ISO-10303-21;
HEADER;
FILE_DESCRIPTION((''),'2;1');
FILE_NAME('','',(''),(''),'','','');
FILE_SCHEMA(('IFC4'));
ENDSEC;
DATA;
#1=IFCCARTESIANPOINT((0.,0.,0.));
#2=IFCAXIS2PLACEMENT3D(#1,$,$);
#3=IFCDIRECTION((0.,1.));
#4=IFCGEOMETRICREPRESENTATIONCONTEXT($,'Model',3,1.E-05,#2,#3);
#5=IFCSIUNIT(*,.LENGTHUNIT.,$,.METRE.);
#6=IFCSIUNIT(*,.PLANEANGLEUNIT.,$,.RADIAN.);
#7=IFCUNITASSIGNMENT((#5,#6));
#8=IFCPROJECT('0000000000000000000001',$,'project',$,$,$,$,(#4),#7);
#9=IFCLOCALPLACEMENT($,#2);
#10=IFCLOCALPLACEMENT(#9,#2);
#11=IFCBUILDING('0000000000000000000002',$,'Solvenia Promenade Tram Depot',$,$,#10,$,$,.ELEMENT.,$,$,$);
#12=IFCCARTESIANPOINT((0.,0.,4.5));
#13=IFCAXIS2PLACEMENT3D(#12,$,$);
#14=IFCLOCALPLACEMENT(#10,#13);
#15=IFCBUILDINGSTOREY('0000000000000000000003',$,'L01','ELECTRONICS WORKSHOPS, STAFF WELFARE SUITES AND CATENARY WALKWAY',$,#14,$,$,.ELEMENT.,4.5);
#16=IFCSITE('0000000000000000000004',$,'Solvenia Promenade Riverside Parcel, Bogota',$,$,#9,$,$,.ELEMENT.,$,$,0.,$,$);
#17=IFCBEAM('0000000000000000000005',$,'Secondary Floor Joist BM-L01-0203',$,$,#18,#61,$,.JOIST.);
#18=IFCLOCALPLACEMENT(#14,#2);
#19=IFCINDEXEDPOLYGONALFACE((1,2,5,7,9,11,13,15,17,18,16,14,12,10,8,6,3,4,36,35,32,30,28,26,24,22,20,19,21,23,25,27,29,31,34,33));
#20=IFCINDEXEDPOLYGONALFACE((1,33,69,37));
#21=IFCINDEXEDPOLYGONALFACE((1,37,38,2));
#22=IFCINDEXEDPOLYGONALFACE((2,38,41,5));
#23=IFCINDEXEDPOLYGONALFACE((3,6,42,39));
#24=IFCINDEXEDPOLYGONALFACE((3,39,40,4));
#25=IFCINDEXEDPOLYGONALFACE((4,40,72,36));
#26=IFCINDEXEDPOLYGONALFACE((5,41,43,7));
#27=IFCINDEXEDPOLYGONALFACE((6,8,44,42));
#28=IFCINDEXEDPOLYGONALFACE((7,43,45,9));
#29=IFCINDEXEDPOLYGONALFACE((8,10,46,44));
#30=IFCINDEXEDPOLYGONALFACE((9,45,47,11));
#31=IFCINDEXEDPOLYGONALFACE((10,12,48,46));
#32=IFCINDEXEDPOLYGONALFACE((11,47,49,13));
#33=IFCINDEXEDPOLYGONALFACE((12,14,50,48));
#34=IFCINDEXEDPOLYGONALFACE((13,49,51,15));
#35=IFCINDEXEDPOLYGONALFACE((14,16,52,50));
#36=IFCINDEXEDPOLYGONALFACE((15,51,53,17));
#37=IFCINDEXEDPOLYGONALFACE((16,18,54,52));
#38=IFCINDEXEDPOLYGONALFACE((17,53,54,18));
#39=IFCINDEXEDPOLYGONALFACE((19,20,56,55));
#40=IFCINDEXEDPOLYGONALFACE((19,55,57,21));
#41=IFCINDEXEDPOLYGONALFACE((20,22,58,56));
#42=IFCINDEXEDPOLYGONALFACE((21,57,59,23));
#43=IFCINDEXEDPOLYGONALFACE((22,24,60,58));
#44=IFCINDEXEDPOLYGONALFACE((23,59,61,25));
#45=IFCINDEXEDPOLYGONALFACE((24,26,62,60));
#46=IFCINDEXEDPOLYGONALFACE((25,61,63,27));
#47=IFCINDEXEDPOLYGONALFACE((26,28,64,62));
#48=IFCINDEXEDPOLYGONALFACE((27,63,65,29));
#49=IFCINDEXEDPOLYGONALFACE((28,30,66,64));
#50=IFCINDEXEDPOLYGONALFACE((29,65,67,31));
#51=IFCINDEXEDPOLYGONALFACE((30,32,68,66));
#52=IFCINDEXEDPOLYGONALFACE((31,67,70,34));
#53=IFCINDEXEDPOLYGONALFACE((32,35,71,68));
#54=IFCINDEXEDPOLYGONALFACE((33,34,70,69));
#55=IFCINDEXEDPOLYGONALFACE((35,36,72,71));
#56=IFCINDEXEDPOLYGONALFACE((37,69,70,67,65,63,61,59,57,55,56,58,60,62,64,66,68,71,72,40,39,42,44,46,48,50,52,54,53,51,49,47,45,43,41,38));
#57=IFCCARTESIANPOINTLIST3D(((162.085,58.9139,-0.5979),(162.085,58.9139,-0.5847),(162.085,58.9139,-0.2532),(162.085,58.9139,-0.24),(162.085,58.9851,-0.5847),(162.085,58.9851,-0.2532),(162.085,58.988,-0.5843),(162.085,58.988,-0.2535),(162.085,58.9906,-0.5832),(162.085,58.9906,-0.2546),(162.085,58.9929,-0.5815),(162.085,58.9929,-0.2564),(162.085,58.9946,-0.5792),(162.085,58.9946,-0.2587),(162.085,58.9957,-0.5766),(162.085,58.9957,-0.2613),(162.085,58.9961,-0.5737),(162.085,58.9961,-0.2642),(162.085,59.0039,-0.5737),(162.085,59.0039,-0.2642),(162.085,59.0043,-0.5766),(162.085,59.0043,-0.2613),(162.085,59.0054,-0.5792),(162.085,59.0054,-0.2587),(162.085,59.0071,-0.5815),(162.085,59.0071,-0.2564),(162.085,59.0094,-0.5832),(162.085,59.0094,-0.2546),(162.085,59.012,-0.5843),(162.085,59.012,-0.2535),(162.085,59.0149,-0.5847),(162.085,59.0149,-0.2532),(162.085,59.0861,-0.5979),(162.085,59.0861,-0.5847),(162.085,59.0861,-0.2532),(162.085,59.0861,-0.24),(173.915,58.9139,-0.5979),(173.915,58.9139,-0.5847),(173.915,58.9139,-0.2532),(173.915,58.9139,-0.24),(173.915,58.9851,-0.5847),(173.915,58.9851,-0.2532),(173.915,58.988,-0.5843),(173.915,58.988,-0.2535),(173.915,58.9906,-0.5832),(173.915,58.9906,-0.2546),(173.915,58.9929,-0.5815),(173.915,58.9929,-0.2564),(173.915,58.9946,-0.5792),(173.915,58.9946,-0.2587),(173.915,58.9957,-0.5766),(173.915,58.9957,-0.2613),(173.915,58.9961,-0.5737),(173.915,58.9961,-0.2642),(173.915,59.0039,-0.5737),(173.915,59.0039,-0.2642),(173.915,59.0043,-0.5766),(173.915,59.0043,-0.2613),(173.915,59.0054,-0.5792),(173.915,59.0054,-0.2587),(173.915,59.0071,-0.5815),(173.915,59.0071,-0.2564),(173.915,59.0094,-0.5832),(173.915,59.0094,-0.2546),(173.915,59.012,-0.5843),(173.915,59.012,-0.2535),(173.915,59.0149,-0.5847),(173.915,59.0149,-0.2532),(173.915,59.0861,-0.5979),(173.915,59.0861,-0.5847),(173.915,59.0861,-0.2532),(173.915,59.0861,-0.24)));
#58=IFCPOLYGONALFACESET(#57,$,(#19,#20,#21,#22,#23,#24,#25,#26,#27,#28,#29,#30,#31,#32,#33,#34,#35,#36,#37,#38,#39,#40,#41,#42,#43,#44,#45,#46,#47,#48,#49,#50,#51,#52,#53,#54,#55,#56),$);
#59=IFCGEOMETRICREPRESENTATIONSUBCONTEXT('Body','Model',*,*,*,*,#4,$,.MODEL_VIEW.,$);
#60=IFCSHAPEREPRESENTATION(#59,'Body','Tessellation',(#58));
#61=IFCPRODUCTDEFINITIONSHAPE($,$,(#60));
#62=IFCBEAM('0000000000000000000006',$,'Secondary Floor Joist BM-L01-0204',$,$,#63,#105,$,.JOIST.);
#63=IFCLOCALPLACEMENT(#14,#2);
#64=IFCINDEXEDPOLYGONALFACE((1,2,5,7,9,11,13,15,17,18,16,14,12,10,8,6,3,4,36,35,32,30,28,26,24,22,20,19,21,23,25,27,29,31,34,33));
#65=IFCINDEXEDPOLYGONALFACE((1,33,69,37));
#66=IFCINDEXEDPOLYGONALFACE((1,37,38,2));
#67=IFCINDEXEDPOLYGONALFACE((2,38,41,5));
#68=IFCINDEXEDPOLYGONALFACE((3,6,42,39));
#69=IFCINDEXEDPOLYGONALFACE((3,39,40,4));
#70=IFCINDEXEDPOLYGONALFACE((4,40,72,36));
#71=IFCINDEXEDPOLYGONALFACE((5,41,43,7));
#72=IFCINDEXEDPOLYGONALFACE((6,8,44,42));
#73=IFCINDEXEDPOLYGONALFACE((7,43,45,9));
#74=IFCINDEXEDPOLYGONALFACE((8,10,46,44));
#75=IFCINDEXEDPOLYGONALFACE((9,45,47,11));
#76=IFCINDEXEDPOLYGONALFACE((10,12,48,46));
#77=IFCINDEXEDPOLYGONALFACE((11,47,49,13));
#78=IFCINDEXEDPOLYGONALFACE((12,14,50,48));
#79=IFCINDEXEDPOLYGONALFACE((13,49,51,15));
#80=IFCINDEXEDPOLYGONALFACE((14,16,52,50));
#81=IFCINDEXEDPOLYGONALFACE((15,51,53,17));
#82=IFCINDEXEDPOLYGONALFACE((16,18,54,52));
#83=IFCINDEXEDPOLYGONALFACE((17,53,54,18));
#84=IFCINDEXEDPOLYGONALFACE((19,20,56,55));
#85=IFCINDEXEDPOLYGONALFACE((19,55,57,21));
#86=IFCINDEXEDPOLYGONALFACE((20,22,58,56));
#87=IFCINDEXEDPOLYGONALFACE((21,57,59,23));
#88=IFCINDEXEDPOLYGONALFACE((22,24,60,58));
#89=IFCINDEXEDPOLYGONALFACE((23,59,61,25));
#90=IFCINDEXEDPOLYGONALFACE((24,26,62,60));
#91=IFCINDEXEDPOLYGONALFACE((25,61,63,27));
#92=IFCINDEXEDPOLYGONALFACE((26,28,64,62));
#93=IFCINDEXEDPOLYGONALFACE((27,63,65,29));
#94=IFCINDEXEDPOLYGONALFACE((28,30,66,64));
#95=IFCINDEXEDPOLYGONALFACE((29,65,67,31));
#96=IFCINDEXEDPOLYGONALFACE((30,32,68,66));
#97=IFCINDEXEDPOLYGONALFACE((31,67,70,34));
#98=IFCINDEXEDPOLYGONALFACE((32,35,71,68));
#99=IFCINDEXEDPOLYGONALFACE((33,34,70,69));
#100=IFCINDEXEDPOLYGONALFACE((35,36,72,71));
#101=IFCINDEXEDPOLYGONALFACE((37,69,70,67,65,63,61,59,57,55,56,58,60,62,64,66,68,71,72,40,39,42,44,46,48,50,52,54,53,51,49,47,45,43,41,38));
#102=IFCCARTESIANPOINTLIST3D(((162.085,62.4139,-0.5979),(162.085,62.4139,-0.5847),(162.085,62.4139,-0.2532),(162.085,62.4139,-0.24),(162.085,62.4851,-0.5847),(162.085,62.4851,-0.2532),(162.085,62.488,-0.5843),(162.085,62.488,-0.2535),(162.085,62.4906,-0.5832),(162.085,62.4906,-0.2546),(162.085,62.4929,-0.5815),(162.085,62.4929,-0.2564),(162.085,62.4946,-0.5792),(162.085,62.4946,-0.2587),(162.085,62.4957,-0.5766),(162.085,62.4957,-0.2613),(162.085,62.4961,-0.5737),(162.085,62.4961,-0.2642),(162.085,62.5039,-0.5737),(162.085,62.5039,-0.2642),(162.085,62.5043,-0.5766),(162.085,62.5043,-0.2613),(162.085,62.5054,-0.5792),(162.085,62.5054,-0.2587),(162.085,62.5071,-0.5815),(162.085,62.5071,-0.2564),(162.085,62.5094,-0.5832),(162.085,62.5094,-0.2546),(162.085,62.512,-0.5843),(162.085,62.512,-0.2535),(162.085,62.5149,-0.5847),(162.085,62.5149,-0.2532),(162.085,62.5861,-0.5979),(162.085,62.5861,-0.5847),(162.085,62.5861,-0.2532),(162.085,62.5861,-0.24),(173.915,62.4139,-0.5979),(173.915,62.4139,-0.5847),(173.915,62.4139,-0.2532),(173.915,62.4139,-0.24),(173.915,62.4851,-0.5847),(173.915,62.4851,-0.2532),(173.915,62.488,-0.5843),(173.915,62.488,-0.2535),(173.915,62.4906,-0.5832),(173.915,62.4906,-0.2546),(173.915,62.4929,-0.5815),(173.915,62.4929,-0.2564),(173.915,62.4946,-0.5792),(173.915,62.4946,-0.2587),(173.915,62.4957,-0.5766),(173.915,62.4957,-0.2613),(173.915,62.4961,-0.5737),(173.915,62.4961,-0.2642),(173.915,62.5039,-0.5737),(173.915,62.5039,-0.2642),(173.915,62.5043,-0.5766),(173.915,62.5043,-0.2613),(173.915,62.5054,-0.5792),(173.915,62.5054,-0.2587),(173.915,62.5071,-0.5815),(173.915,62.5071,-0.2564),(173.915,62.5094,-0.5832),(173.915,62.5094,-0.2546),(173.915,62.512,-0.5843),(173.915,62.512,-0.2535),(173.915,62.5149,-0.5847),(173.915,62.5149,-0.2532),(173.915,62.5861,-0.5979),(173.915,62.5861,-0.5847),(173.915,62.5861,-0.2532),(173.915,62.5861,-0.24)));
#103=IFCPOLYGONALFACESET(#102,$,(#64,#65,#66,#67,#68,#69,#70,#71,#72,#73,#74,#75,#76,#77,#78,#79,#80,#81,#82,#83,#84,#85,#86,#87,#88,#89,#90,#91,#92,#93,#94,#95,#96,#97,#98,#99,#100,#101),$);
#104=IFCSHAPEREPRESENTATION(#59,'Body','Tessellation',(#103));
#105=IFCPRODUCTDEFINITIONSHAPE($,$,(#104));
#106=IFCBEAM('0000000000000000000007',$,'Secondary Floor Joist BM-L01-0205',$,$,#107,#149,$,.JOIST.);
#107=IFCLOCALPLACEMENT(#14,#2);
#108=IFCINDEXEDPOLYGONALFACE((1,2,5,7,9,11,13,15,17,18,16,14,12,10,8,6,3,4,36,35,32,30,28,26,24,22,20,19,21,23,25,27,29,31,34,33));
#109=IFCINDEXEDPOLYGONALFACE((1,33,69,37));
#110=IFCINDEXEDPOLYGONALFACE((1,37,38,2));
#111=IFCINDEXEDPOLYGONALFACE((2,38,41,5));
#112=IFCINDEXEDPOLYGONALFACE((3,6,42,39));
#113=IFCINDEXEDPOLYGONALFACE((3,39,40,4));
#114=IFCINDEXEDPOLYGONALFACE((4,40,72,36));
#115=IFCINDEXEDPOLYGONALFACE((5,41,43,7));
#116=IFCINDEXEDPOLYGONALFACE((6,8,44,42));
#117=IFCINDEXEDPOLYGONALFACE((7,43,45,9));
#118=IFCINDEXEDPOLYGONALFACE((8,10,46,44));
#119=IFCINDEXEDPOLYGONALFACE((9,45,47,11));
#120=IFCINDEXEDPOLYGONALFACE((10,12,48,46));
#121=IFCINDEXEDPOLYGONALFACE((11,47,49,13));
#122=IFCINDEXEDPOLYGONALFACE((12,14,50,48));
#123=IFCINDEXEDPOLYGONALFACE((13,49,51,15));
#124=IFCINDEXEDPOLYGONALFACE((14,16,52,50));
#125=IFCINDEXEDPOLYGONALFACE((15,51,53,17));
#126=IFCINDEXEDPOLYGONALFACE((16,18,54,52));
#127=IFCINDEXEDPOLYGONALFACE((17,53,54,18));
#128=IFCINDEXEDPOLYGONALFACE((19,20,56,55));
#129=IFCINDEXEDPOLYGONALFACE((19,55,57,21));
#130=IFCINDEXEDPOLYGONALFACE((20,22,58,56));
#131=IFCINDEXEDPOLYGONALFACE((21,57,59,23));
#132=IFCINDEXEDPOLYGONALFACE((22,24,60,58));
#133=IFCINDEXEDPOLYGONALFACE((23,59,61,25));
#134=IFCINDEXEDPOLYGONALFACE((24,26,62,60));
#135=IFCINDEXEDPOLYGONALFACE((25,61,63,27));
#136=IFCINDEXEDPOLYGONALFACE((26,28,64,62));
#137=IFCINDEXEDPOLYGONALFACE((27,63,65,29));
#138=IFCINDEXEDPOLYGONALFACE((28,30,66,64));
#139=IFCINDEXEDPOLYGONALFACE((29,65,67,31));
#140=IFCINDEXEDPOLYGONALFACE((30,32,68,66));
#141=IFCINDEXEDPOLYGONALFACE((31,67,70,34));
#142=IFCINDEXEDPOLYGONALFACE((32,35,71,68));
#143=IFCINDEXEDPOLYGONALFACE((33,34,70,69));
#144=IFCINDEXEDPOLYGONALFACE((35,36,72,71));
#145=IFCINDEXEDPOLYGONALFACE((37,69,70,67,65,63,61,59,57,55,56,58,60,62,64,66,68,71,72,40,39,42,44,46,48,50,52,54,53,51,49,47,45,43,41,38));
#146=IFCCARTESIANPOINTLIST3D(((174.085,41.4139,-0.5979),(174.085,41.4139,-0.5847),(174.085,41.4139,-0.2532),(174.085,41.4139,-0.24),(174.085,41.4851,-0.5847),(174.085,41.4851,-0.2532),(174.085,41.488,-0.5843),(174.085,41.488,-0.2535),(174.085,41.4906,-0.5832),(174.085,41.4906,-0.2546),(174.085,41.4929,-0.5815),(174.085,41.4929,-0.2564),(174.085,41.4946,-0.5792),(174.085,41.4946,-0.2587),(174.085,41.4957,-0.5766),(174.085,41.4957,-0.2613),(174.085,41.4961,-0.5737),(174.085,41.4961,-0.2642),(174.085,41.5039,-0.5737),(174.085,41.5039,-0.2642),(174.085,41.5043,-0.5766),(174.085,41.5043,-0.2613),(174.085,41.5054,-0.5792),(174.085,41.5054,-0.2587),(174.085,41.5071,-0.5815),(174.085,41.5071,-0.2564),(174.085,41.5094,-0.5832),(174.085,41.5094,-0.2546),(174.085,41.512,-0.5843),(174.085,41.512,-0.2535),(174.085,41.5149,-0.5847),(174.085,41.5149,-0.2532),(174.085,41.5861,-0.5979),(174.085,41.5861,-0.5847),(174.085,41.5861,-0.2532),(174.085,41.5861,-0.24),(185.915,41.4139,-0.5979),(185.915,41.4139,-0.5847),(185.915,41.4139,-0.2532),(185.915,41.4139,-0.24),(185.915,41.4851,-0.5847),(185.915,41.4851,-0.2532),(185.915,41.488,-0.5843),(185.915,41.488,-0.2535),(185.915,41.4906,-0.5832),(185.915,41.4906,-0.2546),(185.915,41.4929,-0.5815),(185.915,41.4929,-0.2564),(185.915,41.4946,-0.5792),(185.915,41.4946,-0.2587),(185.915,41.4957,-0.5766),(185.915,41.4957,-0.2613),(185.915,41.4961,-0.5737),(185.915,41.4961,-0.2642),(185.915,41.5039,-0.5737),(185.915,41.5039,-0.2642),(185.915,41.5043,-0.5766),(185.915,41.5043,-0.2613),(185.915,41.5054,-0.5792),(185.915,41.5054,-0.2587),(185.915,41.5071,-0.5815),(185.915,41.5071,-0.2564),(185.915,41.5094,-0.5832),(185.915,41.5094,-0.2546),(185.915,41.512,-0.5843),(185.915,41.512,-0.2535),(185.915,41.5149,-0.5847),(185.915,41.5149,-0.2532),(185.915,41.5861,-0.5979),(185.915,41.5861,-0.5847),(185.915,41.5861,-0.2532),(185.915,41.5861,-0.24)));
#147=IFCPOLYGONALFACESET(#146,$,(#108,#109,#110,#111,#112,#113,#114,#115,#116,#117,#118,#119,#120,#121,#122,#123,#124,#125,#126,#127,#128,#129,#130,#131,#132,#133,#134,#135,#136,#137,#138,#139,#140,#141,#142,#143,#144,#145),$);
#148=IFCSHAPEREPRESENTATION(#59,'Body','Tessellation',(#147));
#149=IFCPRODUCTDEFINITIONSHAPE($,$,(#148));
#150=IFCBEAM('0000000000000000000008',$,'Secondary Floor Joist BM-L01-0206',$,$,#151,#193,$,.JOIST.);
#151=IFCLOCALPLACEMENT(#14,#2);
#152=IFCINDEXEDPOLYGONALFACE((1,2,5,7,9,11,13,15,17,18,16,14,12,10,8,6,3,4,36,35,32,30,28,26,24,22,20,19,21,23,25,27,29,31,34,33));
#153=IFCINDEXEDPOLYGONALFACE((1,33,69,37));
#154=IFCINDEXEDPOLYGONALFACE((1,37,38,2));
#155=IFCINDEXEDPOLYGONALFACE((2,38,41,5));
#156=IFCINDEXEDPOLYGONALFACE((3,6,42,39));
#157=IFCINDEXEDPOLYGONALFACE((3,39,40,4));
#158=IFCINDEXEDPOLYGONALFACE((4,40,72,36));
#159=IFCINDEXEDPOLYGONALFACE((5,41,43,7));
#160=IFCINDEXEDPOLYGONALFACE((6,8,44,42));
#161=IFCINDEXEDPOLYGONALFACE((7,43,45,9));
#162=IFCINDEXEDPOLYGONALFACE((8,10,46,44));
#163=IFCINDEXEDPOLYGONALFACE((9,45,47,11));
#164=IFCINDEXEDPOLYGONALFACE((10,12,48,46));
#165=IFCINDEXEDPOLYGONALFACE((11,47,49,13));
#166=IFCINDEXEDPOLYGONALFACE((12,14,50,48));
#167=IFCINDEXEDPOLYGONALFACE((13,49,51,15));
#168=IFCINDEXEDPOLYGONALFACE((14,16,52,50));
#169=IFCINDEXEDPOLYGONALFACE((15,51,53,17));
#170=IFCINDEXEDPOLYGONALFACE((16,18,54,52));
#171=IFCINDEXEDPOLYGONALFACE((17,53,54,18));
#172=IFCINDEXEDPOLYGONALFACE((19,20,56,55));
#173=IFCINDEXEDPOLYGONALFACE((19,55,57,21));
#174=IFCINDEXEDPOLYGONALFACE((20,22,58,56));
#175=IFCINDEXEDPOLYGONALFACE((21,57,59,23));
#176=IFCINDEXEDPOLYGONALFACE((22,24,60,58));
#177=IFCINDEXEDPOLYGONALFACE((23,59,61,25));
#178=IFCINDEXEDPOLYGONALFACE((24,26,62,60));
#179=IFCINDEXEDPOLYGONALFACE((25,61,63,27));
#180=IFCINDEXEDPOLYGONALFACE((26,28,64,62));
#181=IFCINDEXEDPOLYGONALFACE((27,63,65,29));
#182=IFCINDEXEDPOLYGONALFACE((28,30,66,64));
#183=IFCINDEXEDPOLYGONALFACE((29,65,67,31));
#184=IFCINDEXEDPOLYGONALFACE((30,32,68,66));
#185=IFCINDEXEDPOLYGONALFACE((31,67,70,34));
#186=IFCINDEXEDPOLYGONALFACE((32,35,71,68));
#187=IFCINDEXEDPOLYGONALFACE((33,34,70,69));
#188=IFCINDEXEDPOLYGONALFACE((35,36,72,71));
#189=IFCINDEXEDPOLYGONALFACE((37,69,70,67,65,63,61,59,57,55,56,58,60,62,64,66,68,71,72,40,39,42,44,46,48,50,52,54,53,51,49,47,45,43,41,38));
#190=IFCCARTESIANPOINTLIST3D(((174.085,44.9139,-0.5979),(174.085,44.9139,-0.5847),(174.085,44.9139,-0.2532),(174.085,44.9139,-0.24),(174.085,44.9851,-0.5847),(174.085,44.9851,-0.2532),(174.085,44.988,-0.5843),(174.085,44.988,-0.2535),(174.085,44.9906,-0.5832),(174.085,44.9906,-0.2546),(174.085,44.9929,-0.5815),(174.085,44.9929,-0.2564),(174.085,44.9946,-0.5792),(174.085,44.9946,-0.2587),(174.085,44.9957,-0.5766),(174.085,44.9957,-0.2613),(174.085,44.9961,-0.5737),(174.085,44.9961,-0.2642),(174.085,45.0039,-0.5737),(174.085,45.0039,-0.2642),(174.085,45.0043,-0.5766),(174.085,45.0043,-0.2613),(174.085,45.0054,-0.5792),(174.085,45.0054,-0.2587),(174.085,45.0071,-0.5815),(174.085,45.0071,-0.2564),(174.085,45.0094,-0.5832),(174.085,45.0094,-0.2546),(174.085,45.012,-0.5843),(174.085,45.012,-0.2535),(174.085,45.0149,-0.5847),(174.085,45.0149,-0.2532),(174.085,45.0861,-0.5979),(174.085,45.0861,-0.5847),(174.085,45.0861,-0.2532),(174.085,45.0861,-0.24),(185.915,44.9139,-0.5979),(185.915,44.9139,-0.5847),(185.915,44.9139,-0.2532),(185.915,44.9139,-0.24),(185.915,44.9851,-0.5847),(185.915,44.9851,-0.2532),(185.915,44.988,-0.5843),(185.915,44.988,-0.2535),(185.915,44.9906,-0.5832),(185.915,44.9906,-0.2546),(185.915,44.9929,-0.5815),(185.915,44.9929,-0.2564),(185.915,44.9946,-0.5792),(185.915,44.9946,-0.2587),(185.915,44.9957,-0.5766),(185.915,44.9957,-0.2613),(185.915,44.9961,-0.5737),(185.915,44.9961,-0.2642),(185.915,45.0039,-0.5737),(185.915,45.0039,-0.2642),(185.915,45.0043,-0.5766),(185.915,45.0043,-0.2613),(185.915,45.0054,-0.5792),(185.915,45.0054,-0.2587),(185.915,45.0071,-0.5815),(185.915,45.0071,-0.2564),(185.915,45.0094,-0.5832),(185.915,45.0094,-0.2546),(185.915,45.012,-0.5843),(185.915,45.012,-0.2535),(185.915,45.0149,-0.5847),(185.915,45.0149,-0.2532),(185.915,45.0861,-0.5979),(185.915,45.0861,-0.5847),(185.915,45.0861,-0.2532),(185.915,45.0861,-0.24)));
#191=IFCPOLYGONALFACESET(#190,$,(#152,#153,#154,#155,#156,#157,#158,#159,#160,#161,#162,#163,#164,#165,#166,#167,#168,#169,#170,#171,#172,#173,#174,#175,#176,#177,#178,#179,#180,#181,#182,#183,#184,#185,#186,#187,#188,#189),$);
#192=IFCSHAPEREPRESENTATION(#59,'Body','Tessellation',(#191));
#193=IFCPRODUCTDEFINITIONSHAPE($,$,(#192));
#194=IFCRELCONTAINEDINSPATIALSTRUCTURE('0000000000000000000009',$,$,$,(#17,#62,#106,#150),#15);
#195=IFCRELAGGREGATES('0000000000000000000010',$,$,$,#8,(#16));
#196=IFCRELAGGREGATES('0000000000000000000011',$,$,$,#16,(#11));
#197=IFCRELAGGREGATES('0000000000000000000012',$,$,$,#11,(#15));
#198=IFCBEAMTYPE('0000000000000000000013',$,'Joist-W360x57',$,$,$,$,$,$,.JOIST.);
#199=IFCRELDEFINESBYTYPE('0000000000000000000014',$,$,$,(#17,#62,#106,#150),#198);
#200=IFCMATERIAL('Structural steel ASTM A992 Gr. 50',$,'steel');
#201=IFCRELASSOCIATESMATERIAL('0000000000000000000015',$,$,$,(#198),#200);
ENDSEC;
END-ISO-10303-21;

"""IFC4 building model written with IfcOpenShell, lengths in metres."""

from ifc_helpers import new_model, si_unit, direction, frame, origin, origin_2d, place, context, subcontext, project, spatial, i_section, extrude, material, material_profile, profile_set, type_object, element, save


model = new_model("IFC4")

# Units and contexts
model_context = context("Model", 3, precision=1e-05, world=origin(), true_north=direction((0.0, 1.0)))
body_context = subcontext(model_context, "Body", "Model", "MODEL_VIEW")
ifc_project = project(units=[si_unit("LENGTHUNIT", "METRE"), si_unit("PLANEANGLEUNIT", "RADIAN")], contexts=[model_context])

# Site, building, storey
site_placement = place(None, origin())
site = spatial("IfcSite", under=ifc_project, at=site_placement, Name="Solvenia Promenade Riverside Parcel, Bogota", CompositionType="ELEMENT", RefElevation=0.0)
building_placement = place(site_placement, origin())
building = spatial("IfcBuilding", under=site, at=building_placement, Name="Solvenia Promenade Tram Depot", CompositionType="ELEMENT")
storey_placement = place(building_placement, frame((0.0, 0.0, 4.5)))
storey = spatial("IfcBuildingStorey", under=building, at=storey_placement, Name="L01", Description="ELECTRONICS WORKSHOPS, STAFF WELFARE SUITES AND CATENARY WALKWAY", CompositionType="ELEMENT", Elevation=4.5)

# Shared definitions
ifc_material_1 = material(Name="Structural steel ASTM A992 Gr. 50", Category="steel")

# Beams
ifc_material_profile_1 = material_profile(ifc_material_1, i_section(OverallWidth=0.1721, OverallDepth=0.3579, WebThickness=0.0078, FlangeThickness=0.0132, FilletRadius=0.011, at=origin_2d()), Name="W360x57", Category="steel")
ifc_profile_set_1 = profile_set([ifc_material_profile_1], Name="Structural steel ASTM A992 Gr. 50")
beam_type_1 = type_object("IfcBeamType", Name="Joist-W360x57", PredefinedType="JOIST", material=ifc_profile_set_1)
for number, where, z_axis, x_axis, name in (
    (1, (162.085, 59.0, -0.4189), (1.0, 0.0, 0.0), (0.0, 1.0, 0.0), "Secondary Floor Joist BM-L01-0203"),
    (2, (162.085, 62.5, -0.4189), (1.0, 0.0, 0.0), (0.0, 1.0, 0.0), "Secondary Floor Joist BM-L01-0204"),
    (3, (174.085, 41.5, -0.4189), (1.0, 0.0, 0.0), (0.0, 1.0, 0.0), "Secondary Floor Joist BM-L01-0205"),
    (4, (174.085, 45.0, -0.4189), (1.0, 0.0, 0.0), (0.0, 1.0, 0.0), "Secondary Floor Joist BM-L01-0206"),
):
    element("IfcBeam", number, at=place(storey_placement, frame(where, z_axis=z_axis, x_axis=x_axis)), inside=storey, type_object=beam_type_1, Name=name, PredefinedType="JOIST", context=body_context, shape_type="SweptSolid", body=[
        extrude(i_section(OverallWidth=0.1721, OverallDepth=0.3579, WebThickness=0.0078, FlangeThickness=0.0132, FilletRadius=0.011, at=origin_2d()), origin(), (0.0, 0.0, 1.0), 11.8301),
    ])

save(model, "model.ifc")
